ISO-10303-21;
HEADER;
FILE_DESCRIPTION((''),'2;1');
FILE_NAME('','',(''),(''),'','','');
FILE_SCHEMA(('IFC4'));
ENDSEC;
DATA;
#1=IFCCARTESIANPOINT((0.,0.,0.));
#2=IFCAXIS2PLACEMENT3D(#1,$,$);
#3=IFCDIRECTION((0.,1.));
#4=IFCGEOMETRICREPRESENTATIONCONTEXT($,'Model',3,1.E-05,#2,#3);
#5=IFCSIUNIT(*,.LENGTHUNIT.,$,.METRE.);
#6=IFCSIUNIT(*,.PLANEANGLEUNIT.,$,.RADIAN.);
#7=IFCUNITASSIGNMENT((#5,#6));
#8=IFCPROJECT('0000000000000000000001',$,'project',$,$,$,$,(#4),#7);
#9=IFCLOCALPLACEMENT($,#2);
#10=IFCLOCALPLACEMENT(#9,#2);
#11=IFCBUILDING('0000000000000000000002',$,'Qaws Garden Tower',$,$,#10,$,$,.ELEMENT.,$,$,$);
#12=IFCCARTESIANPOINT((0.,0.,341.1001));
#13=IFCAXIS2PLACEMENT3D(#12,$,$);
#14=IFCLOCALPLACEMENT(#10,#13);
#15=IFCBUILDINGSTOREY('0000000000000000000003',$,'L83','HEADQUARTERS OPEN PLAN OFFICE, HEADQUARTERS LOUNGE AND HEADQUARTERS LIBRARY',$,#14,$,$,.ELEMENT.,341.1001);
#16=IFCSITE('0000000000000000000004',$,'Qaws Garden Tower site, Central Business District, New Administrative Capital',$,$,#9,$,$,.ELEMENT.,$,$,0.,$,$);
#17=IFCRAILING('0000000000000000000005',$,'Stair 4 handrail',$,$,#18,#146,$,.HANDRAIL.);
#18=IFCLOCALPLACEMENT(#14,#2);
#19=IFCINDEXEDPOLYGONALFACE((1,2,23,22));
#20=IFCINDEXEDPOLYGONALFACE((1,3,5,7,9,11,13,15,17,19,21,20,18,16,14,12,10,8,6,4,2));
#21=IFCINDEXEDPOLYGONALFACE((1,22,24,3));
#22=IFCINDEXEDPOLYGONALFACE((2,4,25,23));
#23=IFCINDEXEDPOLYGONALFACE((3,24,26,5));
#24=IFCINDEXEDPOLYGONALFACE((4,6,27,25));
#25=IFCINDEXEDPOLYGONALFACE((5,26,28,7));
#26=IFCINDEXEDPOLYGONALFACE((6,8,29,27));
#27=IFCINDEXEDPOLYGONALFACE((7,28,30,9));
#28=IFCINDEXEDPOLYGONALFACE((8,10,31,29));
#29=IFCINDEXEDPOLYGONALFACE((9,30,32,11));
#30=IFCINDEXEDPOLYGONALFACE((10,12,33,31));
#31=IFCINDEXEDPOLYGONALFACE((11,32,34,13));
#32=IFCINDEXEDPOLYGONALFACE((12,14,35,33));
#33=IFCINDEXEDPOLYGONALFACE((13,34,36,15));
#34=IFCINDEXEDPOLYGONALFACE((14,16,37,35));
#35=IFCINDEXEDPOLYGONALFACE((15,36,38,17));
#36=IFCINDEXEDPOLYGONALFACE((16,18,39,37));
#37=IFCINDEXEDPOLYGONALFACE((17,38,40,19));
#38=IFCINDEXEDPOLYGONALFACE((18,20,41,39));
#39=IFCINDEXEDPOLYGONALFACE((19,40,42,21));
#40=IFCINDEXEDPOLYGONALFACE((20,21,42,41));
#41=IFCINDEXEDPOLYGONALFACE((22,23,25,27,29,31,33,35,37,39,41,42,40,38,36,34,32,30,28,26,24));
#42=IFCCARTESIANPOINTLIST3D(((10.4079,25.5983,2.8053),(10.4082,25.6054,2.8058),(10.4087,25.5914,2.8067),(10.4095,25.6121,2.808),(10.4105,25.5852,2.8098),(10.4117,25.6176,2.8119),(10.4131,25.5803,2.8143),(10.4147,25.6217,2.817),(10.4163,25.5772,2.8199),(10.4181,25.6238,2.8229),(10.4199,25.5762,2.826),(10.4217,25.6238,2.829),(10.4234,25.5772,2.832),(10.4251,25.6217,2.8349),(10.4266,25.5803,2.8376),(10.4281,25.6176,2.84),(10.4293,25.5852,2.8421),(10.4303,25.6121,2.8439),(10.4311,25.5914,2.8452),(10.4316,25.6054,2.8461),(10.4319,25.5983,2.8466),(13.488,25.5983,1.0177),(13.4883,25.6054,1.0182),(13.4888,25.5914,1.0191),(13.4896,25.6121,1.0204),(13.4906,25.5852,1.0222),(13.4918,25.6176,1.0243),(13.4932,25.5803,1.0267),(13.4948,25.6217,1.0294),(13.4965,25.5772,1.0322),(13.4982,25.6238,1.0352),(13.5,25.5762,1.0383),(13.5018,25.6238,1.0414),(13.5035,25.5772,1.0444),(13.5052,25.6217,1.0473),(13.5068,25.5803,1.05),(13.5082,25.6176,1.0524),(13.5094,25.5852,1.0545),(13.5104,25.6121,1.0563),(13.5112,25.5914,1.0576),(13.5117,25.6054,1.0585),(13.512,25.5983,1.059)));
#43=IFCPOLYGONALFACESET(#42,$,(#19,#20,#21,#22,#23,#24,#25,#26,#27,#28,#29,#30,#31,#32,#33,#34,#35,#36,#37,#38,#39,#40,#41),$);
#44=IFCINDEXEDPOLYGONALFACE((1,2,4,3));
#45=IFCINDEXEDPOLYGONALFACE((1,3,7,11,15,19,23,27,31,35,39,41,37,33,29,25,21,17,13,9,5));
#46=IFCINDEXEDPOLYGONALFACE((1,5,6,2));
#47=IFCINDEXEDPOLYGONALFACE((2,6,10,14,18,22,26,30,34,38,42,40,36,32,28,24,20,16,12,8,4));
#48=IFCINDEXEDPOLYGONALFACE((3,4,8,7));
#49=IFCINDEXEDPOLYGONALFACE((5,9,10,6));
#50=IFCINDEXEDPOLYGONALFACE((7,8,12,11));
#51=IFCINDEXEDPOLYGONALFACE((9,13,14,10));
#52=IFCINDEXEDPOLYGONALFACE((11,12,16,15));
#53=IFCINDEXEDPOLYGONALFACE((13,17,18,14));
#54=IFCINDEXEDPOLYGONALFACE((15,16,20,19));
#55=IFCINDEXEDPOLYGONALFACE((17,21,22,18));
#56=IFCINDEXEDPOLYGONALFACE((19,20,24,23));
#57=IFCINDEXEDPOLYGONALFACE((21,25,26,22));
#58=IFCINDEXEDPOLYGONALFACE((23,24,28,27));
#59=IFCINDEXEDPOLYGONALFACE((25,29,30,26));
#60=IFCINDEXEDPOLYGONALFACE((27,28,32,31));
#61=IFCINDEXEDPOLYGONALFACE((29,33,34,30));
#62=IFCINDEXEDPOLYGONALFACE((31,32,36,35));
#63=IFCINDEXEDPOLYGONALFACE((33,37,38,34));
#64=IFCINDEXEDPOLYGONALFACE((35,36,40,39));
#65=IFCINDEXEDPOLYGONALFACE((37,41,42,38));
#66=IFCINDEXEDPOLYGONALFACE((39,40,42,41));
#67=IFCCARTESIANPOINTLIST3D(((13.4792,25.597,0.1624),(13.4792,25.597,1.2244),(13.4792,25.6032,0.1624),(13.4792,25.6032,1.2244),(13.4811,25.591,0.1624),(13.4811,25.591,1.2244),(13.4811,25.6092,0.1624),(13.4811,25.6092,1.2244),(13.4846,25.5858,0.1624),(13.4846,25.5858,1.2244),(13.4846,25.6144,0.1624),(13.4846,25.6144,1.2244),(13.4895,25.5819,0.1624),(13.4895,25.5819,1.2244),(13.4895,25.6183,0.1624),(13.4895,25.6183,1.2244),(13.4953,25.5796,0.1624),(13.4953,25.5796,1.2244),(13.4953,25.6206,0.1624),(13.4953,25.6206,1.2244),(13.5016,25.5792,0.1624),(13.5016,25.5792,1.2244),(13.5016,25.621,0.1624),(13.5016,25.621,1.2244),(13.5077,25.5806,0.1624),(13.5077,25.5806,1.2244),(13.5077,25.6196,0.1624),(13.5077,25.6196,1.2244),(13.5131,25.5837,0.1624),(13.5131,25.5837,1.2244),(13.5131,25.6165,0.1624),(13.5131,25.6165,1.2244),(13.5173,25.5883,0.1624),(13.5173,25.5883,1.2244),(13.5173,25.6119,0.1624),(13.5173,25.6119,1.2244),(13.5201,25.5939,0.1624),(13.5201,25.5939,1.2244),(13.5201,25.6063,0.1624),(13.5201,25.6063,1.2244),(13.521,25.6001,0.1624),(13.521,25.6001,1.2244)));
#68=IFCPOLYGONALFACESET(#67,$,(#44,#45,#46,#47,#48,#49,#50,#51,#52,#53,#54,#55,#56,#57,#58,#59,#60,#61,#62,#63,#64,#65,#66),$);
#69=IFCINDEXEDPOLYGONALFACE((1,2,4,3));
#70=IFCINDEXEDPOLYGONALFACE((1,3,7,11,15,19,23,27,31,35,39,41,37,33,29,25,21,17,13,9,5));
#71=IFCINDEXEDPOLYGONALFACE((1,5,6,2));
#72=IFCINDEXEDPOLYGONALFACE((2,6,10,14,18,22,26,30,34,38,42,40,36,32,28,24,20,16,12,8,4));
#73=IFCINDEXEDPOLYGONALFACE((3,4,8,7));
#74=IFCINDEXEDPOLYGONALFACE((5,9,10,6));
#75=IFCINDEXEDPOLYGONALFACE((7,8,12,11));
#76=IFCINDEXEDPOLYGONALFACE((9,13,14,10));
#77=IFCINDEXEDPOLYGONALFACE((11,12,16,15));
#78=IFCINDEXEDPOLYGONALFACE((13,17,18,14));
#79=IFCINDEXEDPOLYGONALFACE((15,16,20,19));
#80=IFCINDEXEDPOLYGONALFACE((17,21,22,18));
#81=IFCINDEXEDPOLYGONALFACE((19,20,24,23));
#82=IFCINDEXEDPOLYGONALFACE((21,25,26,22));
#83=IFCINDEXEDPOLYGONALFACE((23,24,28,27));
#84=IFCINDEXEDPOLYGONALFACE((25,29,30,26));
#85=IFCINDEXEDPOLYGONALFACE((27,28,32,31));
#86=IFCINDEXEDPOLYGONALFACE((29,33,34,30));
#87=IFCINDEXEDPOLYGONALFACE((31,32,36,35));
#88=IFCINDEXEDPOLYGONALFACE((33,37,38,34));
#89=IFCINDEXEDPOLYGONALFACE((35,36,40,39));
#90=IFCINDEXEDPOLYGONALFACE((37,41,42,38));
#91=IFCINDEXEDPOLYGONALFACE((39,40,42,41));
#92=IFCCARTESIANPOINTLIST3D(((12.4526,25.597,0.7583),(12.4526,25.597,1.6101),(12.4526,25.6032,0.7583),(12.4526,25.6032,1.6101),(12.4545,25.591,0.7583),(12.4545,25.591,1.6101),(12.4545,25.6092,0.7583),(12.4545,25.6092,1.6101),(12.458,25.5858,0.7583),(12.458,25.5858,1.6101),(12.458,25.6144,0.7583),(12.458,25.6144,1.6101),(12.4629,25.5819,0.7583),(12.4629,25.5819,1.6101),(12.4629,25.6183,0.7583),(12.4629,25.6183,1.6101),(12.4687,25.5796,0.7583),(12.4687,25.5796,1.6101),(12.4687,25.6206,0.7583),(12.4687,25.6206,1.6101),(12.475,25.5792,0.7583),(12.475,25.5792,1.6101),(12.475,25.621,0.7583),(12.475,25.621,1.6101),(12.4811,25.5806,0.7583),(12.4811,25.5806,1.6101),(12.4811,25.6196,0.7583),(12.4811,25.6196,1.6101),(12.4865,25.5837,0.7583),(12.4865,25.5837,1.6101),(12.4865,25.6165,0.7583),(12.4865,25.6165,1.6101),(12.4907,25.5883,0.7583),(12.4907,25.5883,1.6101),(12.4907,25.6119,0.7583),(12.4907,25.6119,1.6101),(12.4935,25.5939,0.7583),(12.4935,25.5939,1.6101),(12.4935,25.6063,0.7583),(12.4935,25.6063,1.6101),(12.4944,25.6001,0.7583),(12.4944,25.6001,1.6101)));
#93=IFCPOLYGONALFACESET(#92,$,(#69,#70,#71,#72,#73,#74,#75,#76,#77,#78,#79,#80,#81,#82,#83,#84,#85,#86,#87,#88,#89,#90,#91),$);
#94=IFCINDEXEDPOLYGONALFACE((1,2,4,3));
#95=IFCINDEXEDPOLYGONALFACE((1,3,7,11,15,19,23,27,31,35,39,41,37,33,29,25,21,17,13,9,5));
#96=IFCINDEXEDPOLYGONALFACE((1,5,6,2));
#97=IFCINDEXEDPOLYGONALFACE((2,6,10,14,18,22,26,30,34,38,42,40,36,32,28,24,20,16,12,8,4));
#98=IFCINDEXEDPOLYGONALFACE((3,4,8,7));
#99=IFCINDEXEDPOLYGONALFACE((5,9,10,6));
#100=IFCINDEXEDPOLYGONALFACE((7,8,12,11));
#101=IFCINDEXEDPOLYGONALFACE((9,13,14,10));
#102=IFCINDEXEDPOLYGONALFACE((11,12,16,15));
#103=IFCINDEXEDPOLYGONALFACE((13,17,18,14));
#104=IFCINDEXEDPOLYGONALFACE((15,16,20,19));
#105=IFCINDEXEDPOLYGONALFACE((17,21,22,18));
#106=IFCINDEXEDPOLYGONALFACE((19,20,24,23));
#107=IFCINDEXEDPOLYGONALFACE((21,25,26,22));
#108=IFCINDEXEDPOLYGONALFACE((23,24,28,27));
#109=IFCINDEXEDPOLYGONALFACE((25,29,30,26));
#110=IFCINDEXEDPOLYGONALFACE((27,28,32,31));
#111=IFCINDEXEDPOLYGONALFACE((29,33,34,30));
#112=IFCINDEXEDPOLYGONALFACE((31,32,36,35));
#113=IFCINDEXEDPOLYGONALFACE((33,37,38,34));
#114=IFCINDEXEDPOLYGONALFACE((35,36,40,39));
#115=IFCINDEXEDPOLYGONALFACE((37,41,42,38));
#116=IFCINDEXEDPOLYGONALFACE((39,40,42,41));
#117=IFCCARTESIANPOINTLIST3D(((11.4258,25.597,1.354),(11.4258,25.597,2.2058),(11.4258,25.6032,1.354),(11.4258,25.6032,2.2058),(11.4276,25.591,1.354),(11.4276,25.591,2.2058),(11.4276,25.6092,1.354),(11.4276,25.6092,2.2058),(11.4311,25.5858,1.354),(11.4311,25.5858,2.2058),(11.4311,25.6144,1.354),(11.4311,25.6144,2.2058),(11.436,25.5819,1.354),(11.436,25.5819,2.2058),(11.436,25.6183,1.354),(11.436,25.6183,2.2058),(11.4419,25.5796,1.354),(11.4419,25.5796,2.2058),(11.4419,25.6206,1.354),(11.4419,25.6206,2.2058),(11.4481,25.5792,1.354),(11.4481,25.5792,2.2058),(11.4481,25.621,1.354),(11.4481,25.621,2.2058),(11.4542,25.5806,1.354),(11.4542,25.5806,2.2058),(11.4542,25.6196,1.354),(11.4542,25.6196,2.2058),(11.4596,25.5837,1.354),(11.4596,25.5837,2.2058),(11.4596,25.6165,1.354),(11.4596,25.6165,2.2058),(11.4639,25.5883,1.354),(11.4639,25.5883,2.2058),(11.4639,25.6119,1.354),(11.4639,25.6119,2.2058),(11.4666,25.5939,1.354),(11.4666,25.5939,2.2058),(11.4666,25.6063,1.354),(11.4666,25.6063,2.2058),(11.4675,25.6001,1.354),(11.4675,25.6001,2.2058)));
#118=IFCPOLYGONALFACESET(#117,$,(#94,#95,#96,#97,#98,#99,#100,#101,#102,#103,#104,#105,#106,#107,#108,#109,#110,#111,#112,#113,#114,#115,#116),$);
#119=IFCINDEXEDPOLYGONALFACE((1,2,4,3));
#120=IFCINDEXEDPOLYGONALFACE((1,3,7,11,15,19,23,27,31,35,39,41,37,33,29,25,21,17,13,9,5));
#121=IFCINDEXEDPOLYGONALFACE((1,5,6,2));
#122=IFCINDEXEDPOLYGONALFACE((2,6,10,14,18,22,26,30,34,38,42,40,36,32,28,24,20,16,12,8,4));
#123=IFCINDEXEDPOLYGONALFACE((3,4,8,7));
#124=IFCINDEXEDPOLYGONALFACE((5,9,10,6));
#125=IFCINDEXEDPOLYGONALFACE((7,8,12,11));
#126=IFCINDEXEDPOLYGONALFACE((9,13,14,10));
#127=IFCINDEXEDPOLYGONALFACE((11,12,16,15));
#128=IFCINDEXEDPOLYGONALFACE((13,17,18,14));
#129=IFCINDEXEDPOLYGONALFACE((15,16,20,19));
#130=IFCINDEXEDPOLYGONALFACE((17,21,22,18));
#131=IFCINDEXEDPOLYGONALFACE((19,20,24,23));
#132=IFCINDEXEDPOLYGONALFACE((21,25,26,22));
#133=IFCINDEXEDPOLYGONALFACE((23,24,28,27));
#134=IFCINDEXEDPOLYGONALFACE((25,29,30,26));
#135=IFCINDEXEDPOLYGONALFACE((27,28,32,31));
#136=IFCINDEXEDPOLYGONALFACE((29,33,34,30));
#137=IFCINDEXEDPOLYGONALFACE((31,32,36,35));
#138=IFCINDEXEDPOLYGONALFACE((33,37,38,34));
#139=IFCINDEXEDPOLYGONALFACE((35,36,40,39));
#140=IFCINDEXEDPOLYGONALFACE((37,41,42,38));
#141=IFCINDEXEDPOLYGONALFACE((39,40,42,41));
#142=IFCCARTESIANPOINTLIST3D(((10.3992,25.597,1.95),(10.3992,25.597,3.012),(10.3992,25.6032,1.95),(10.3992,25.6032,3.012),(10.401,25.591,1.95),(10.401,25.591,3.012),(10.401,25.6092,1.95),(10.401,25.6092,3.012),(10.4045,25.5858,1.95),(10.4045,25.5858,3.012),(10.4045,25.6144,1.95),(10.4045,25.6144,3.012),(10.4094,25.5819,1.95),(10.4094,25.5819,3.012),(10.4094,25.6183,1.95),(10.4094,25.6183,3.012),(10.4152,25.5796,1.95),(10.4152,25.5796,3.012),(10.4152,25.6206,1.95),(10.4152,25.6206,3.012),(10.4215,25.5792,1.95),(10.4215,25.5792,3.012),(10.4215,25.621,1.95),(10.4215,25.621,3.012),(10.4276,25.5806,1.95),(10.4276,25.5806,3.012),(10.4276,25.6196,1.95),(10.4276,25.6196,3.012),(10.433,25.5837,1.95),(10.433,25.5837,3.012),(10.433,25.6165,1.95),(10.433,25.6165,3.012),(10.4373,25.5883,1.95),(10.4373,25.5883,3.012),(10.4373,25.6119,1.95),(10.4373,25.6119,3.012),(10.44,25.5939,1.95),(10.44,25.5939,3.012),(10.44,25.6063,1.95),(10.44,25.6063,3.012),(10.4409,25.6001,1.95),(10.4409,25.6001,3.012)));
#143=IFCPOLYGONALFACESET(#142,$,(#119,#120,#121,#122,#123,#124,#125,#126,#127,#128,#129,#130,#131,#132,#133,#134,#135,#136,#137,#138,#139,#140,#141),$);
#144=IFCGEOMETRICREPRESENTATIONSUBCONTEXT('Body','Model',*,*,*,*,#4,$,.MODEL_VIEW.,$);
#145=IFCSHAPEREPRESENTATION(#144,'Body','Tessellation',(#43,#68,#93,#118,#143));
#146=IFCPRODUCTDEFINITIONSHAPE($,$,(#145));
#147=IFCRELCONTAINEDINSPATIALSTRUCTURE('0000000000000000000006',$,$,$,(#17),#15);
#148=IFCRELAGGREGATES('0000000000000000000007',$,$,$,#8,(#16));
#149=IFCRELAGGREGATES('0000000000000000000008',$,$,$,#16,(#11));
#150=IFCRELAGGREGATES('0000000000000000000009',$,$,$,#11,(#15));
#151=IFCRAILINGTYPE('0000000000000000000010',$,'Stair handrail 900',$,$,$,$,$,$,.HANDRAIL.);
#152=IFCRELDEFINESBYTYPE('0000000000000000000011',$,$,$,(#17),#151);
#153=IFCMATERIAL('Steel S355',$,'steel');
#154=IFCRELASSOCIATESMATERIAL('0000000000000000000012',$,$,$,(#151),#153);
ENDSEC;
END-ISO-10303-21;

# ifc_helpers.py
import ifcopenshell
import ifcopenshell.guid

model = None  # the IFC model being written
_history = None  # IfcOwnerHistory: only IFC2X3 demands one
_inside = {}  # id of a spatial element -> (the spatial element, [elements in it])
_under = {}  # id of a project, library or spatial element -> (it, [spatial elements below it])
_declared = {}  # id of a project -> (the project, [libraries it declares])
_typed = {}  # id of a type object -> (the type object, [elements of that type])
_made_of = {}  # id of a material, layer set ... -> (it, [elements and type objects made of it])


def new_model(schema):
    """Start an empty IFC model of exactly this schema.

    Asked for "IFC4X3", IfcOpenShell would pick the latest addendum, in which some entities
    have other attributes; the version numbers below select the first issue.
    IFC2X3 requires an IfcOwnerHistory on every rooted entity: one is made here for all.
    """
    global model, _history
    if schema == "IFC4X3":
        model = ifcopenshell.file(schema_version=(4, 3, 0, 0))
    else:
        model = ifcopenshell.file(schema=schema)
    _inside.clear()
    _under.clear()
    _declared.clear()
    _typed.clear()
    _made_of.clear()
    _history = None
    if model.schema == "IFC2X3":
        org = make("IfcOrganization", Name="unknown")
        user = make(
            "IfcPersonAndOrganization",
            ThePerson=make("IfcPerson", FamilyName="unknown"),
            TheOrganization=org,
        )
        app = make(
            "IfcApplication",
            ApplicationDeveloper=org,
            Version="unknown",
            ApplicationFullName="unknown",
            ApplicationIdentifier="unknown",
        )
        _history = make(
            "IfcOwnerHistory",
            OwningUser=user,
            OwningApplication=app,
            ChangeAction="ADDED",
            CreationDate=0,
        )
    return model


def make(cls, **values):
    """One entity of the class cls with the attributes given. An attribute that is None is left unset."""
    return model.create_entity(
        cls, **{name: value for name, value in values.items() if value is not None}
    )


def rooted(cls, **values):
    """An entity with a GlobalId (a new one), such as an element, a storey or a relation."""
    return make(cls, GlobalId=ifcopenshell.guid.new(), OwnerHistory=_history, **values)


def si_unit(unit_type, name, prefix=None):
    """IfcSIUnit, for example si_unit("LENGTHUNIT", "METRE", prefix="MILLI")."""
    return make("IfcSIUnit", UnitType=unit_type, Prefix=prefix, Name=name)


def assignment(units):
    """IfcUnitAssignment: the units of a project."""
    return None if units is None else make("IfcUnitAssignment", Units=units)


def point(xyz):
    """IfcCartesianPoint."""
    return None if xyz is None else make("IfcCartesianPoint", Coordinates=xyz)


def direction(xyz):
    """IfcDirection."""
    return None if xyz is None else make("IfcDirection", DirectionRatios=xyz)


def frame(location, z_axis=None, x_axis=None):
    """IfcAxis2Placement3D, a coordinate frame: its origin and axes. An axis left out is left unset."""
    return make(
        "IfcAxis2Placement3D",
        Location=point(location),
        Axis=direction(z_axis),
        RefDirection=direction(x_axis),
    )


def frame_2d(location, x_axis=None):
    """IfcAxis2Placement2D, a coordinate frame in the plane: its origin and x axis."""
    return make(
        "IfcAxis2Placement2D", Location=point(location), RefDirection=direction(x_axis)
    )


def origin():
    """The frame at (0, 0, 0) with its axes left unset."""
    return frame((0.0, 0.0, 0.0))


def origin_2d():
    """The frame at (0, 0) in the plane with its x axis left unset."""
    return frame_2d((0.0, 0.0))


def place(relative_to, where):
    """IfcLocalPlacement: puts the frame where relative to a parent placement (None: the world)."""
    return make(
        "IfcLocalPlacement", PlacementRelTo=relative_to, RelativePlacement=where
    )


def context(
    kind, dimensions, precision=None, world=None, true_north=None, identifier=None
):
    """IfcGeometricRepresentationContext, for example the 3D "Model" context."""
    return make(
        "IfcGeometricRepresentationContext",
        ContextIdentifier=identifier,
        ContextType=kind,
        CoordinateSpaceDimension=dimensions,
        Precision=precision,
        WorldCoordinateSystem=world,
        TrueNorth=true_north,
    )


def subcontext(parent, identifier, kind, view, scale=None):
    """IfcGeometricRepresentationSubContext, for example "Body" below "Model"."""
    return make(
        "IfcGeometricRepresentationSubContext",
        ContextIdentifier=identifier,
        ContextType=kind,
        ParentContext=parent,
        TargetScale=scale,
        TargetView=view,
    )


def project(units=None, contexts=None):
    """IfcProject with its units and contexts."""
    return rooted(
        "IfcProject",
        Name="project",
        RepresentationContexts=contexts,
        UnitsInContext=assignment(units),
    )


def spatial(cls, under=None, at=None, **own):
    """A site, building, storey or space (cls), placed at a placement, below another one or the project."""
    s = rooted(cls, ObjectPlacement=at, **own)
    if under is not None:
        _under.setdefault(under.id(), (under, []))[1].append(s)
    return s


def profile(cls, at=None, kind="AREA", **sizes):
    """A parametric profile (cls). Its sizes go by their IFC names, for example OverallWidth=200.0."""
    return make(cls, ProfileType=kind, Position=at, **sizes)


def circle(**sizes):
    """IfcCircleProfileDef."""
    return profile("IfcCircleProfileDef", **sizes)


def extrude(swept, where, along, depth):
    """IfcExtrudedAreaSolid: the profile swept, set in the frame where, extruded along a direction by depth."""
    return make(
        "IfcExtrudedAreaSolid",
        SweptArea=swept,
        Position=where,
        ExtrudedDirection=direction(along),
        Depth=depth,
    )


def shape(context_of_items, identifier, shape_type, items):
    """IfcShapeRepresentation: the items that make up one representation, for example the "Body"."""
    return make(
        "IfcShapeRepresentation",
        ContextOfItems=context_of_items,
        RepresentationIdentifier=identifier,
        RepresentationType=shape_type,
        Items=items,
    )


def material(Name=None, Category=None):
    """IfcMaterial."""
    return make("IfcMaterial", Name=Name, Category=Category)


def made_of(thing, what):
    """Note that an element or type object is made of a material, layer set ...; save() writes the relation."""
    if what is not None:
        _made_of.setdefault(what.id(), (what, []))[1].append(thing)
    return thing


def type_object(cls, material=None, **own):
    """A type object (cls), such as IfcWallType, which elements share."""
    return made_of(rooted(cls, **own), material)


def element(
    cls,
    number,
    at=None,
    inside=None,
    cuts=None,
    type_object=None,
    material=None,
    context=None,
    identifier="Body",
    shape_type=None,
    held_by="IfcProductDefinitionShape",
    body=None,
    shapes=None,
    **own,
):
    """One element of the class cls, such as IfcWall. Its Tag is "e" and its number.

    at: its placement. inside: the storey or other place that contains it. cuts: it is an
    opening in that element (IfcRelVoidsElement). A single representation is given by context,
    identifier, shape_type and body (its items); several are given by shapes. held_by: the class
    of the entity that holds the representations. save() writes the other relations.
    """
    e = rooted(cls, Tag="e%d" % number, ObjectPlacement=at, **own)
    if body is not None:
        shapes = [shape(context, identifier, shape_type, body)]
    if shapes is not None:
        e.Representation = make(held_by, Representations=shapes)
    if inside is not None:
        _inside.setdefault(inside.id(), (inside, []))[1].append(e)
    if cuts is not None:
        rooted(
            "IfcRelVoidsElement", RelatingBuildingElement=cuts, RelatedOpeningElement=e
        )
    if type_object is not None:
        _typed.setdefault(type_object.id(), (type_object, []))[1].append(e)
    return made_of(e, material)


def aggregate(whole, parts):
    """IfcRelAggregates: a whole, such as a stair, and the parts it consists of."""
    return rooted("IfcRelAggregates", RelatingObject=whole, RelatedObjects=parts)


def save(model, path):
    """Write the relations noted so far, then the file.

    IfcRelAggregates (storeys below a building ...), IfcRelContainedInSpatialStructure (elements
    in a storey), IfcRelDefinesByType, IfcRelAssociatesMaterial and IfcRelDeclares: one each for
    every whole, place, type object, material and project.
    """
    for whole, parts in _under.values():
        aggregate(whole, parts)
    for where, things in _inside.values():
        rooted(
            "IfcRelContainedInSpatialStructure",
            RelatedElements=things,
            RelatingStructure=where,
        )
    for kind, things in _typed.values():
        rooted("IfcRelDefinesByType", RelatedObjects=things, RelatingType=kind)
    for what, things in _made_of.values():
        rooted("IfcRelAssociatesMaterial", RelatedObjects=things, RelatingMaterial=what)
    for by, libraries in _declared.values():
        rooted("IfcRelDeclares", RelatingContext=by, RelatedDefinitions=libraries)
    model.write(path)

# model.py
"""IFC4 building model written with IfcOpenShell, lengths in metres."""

from ifc_helpers import new_model, si_unit, direction, frame, origin, origin_2d, place, context, subcontext, project, spatial, circle, extrude, material, type_object, element, save


model = new_model("IFC4")

# Units and contexts
model_context = context("Model", 3, precision=1e-05, world=origin(), true_north=direction((0.0, 1.0)))
body_context = subcontext(model_context, "Body", "Model", "MODEL_VIEW")
ifc_project = project(units=[si_unit("LENGTHUNIT", "METRE"), si_unit("PLANEANGLEUNIT", "RADIAN")], contexts=[model_context])

# Site, building, storey
site_placement = place(None, origin())
site = spatial("IfcSite", under=ifc_project, at=site_placement, Name="Qaws Garden Tower site, Central Business District, New Administrative Capital", CompositionType="ELEMENT", RefElevation=0.0)
building_placement = place(site_placement, origin())
building = spatial("IfcBuilding", under=site, at=building_placement, Name="Qaws Garden Tower", CompositionType="ELEMENT")
storey_placement = place(building_placement, frame((0.0, 0.0, 341.1001)))
storey = spatial("IfcBuildingStorey", under=building, at=storey_placement, Name="L83", Description="HEADQUARTERS OPEN PLAN OFFICE, HEADQUARTERS LOUNGE AND HEADQUARTERS LIBRARY", CompositionType="ELEMENT", Elevation=341.1001)

# Railing
ifc_material_1 = material(Name="Steel S355", Category="steel")
railing_type = type_object("IfcRailingType", Name="Stair handrail 900", PredefinedType="HANDRAIL", material=ifc_material_1)
railing_1_placement = place(storey_placement, frame((13.5, 25.6001, 0.1624)))
element("IfcRailing", 1, at=railing_1_placement, inside=storey, type_object=railing_type, Name="Stair 4 handrail", PredefinedType="HANDRAIL", context=body_context, shape_type="SweptSolid", body=[
    extrude(circle(Radius=0.0239, at=origin_2d()), frame((0.0, 0.0, 0.876), z_axis=(-0.864891, 0.0, 0.50196), x_axis=(0.0, -1.0, 0.0)), (0.0, 0.0, 1.0), 3.5613),
    extrude(circle(Radius=0.021, at=origin_2d()), origin(), (0.0, 0.0, 1.0), 1.062),
    extrude(circle(Radius=0.021, at=origin_2d()), frame((-1.0266, 0.0, 0.5959)), (0.0, 0.0, 1.0), 0.8518),
    extrude(circle(Radius=0.021, at=origin_2d()), frame((-2.0535, 0.0, 1.1917)), (0.0, 0.0, 1.0), 0.8518),
    extrude(circle(Radius=0.021, at=origin_2d()), frame((-3.0801, 0.0, 1.7876)), (0.0, 0.0, 1.0), 1.062),
])

save(model, "model.ifc")
